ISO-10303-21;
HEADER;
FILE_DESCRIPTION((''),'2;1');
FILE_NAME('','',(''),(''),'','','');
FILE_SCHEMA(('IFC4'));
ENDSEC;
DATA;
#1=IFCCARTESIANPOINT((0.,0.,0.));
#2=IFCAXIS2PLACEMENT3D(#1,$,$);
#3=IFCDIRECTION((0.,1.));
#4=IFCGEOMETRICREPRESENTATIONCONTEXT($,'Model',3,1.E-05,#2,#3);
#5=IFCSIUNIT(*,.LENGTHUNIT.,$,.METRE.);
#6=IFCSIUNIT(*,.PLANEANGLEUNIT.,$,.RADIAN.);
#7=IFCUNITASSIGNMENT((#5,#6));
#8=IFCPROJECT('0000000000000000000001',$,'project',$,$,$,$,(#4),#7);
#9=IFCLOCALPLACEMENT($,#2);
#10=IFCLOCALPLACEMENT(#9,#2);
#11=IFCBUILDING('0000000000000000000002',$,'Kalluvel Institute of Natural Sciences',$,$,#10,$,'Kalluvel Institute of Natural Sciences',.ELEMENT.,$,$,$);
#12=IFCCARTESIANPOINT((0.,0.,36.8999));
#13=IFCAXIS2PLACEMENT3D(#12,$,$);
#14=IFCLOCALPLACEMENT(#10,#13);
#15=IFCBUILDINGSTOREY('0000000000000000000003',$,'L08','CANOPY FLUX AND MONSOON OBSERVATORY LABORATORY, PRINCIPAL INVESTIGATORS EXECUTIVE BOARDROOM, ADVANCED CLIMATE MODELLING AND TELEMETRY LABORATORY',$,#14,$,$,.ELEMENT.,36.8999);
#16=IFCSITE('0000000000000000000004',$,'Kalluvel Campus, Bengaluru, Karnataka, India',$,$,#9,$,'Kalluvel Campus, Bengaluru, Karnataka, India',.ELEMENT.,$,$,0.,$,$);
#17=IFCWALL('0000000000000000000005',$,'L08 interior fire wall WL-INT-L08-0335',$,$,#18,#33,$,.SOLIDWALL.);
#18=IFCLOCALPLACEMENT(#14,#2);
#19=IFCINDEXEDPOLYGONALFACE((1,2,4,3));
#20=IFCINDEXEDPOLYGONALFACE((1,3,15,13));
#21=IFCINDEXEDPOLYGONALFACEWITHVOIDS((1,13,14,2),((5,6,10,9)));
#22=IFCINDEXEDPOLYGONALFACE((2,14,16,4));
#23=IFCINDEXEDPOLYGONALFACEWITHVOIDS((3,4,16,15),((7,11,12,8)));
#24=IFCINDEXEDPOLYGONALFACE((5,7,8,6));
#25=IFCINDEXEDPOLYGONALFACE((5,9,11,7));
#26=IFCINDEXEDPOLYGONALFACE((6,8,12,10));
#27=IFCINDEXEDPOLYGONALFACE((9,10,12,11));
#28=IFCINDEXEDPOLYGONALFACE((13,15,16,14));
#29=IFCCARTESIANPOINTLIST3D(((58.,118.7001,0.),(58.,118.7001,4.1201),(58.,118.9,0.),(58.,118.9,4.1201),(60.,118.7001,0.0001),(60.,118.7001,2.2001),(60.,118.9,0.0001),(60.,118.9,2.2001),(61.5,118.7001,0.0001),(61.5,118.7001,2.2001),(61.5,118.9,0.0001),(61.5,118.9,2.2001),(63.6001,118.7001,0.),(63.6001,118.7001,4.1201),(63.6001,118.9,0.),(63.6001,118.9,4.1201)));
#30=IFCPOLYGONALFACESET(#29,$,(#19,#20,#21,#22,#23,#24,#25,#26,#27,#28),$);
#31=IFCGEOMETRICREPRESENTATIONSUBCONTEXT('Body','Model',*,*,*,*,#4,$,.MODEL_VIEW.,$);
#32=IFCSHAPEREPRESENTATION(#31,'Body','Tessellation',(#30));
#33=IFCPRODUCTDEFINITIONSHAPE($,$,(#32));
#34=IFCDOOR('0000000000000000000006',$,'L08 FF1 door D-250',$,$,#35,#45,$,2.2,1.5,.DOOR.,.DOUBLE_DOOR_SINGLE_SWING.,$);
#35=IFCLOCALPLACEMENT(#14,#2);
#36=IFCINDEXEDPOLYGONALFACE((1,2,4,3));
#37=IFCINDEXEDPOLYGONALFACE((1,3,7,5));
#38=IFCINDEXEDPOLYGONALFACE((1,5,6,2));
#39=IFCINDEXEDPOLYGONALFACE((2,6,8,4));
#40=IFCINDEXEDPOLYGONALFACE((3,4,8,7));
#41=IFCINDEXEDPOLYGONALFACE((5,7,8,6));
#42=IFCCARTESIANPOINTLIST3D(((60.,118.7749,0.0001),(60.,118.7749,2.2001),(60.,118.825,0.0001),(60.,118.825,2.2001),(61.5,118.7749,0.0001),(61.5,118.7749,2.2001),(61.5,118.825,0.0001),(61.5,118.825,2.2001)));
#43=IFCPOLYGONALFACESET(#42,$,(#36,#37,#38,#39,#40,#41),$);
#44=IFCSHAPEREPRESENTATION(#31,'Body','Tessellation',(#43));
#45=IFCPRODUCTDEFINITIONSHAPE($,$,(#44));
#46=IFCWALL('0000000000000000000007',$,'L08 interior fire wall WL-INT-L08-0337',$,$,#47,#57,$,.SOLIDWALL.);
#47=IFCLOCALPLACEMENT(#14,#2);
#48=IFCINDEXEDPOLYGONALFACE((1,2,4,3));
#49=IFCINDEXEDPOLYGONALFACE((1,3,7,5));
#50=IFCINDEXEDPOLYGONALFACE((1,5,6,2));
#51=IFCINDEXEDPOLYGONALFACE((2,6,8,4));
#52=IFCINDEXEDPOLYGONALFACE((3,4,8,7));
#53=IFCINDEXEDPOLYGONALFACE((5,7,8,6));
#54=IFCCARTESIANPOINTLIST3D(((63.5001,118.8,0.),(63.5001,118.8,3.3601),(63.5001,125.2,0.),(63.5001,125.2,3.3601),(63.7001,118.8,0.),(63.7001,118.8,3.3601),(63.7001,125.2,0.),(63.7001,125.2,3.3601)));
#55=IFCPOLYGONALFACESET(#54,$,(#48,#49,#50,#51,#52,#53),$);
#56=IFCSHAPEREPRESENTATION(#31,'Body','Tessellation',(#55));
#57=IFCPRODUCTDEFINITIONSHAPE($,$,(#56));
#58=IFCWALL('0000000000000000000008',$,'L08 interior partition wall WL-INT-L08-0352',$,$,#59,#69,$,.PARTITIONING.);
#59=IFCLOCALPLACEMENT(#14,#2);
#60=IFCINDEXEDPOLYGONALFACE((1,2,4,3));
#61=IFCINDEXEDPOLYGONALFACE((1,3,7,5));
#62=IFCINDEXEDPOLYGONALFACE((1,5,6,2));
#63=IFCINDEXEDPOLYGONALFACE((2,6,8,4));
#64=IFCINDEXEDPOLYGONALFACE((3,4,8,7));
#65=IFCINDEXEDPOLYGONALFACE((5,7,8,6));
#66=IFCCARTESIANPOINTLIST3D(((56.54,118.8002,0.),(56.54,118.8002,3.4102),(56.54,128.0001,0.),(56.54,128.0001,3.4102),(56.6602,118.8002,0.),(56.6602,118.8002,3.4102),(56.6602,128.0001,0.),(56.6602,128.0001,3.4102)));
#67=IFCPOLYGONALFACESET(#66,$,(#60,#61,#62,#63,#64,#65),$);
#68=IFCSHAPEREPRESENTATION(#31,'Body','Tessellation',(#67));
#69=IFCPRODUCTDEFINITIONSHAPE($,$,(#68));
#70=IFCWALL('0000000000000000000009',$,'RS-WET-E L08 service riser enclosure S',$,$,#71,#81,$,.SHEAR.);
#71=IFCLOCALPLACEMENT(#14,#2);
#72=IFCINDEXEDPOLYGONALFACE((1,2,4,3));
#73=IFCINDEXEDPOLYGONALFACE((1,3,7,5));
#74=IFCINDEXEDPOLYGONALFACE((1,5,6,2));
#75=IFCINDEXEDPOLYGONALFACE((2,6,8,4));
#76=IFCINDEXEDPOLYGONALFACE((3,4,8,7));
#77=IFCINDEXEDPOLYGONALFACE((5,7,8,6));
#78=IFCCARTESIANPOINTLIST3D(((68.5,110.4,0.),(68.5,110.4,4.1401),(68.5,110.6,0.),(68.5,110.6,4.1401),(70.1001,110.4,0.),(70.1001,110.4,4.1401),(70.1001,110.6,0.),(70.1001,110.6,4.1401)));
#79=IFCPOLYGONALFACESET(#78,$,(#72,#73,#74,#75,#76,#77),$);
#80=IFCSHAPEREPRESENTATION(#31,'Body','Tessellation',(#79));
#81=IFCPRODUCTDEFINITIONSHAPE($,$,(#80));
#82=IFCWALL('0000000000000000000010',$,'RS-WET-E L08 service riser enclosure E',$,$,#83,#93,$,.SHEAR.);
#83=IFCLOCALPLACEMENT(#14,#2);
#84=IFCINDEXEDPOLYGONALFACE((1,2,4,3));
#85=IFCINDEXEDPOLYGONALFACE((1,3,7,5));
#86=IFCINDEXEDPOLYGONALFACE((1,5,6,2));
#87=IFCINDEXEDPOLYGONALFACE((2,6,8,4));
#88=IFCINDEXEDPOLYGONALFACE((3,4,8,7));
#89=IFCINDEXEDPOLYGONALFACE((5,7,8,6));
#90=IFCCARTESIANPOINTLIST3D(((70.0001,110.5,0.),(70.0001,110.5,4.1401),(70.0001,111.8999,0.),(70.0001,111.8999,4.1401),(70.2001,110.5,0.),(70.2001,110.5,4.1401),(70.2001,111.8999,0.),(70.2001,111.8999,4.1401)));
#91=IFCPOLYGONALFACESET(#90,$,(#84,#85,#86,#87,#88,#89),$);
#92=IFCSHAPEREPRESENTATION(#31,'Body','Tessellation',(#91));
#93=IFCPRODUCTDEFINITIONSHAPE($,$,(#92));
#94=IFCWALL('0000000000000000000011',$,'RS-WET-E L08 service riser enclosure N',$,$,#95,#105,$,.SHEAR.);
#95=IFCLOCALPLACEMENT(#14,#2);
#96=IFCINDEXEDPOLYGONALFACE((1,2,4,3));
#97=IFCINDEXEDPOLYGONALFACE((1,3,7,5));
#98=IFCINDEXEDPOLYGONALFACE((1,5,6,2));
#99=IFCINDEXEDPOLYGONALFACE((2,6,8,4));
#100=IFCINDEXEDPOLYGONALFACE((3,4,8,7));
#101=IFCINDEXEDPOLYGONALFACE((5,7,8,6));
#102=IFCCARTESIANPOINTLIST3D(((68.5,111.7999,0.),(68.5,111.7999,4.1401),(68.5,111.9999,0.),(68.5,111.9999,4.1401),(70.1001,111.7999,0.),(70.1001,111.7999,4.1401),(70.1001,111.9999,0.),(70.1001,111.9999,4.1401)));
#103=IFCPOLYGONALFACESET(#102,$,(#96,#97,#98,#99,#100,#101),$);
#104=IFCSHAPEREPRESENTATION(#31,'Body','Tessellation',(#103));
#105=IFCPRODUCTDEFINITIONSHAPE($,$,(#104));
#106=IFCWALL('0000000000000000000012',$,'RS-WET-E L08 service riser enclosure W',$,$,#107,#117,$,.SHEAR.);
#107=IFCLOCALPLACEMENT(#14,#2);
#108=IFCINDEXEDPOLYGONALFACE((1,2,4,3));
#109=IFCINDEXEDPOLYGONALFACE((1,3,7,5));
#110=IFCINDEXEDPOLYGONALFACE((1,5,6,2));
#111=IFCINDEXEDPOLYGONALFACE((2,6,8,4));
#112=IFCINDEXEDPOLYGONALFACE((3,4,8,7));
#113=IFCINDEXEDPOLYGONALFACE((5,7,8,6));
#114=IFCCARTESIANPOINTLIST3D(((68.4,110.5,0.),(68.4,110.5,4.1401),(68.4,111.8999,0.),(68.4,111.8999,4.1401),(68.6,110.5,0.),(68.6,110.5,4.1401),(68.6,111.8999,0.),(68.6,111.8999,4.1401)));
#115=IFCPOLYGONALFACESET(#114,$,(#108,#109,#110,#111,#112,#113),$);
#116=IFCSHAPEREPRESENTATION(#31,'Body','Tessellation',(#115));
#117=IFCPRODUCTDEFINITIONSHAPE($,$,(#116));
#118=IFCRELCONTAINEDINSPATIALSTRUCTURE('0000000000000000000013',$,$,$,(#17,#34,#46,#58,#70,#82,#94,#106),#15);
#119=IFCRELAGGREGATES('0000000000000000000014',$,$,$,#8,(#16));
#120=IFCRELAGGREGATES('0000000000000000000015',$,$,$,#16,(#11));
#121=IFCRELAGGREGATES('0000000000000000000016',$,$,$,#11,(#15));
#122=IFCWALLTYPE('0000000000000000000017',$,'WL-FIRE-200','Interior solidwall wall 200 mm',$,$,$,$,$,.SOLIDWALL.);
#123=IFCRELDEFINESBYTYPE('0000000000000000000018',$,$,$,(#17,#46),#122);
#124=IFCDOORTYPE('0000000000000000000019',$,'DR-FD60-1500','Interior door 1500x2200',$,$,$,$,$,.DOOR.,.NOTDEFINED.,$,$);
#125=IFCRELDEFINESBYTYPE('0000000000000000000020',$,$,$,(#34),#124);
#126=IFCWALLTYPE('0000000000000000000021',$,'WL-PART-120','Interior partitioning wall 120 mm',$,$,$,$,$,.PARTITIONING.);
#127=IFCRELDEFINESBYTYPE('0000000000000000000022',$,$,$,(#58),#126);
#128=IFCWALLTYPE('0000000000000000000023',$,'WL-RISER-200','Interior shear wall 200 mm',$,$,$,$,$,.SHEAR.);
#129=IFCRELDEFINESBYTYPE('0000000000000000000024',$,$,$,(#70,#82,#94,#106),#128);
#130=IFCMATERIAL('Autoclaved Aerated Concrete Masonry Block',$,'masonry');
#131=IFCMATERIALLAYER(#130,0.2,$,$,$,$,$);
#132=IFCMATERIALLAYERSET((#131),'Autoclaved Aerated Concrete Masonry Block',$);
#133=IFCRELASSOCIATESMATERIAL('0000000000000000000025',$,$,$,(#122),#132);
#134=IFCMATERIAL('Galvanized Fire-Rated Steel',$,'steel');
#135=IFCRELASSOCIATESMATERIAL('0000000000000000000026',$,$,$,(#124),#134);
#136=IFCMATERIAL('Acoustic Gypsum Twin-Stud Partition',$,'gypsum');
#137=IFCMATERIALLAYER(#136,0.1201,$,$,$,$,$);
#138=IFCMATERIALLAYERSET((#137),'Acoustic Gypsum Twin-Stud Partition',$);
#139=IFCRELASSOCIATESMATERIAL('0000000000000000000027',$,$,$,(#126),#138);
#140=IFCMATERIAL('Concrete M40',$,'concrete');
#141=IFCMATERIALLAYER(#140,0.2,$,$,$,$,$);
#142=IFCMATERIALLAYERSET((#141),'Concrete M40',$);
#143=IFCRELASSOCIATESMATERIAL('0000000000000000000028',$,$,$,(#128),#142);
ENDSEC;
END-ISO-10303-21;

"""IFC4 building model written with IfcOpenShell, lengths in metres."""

from ifc_helpers import new_model, si_unit, direction, frame, frame_2d, origin, place, context, subcontext, project, spatial, rectangle, extrude, material, layer, layer_set, type_object, element, fill, save


model = new_model("IFC4")

# Units and contexts
model_context = context("Model", 3, precision=1e-05, world=origin(), true_north=direction((0.0, 1.0)))
body_context = subcontext(model_context, "Body", "Model", "MODEL_VIEW")
ifc_project = project(units=[si_unit("LENGTHUNIT", "METRE"), si_unit("PLANEANGLEUNIT", "RADIAN")], contexts=[model_context])

# Site, building, storey
site_placement = place(None, origin())
site = spatial("IfcSite", under=ifc_project, at=site_placement, Name="Kalluvel Campus, Bengaluru, Karnataka, India", LongName="Kalluvel Campus, Bengaluru, Karnataka, India", CompositionType="ELEMENT", RefElevation=0.0)
building_placement = place(site_placement, origin())
building = spatial("IfcBuilding", under=site, at=building_placement, Name="Kalluvel Institute of Natural Sciences", LongName="Kalluvel Institute of Natural Sciences", CompositionType="ELEMENT")
storey_placement = place(building_placement, frame((0.0, 0.0, 36.8999)))
storey = spatial("IfcBuildingStorey", under=building, at=storey_placement, Name="L08", Description="CANOPY FLUX AND MONSOON OBSERVATORY LABORATORY, PRINCIPAL INVESTIGATORS EXECUTIVE BOARDROOM, ADVANCED CLIMATE MODELLING AND TELEMETRY LABORATORY", CompositionType="ELEMENT", Elevation=36.8999)

# Shared definitions
ifc_material_1 = material(Name="Concrete M40", Category="concrete")

# Shared definitions
ifc_material_2 = material(Name="Galvanized Fire-Rated Steel", Category="steel")

# Shared definitions
ifc_material_3 = material(Name="Autoclaved Aerated Concrete Masonry Block", Category="masonry")

# Wall, opening, door
ifc_layer_1 = layer(ifc_material_3, 0.2)
ifc_layer_set_1 = layer_set([ifc_layer_1], Name="Autoclaved Aerated Concrete Masonry Block")
wall_type_1 = type_object("IfcWallType", Name="WL-FIRE-200", Description="Interior solidwall wall 200 mm", PredefinedType="SOLIDWALL", material=ifc_layer_set_1)
wall_1_placement = place(storey_placement, frame((58.0, 118.8, 0.0), z_axis=(0.0, 0.0, 1.0), x_axis=(1.0, 0.0, 0.0)))
wall_1 = element("IfcWall", 1, at=wall_1_placement, inside=storey, type_object=wall_type_1, Name="L08 interior fire wall WL-INT-L08-0335", PredefinedType="SOLIDWALL", context=body_context, shape_type="SweptSolid", body=[
    extrude(rectangle(XDim=5.6001, YDim=0.2, at=frame_2d((2.8, 0.0))), origin(), (0.0, 0.0, 1.0), 4.1201),
])
opening_1_placement = place(wall_1_placement, frame((2.0, 0.0, 0.0)))
opening_1 = element("IfcOpeningElement", 2, at=opening_1_placement, cuts=wall_1, PredefinedType="OPENING", context=body_context, shape_type="SweptSolid", body=[
    extrude(rectangle(XDim=1.5, YDim=2.2, at=frame_2d((0.75, 1.1001))), frame((0.0, 0.1099, 0.0), z_axis=(0.0, -1.0, 0.0), x_axis=(1.0, 0.0, 0.0)), (0.0, 0.0, 1.0), 0.22),
])
door_type_1 = type_object("IfcDoorType", Name="DR-FD60-1500", Description="Interior door 1500x2200", OperationType="NOTDEFINED", PredefinedType="DOOR", material=ifc_material_2)
door_1_placement = place(opening_1_placement, origin())
door_1 = element("IfcDoor", 3, at=door_1_placement, inside=storey, type_object=door_type_1, Name="L08 FF1 door D-250", OperationType="DOUBLE_DOOR_SINGLE_SWING", OverallHeight=2.2, OverallWidth=1.5, PredefinedType="DOOR", context=body_context, shape_type="SweptSolid", body=[
    extrude(rectangle(XDim=1.5, YDim=2.2, at=frame_2d((0.75, 1.1001))), frame((0.0, 0.0249, 0.0), z_axis=(0.0, -1.0, 0.0), x_axis=(1.0, 0.0, 0.0)), (0.0, 0.0, 1.0), 0.05),
])
fill(opening_1, door_1)

# Walls
wall_2_placement = place(storey_placement, frame((63.6001, 118.8, 0.0), z_axis=(0.0, 0.0, 1.0), x_axis=(0.0, 1.0, 0.0)))
element("IfcWall", 4, at=wall_2_placement, inside=storey, type_object=wall_type_1, Name="L08 interior fire wall WL-INT-L08-0337", PredefinedType="SOLIDWALL", context=body_context, shape_type="SweptSolid", body=[
    extrude(rectangle(XDim=6.3999, YDim=0.2, at=frame_2d((3.2, 0.0))), origin(), (0.0, 0.0, 1.0), 3.3601),
])
ifc_material_4 = material(Name="Acoustic Gypsum Twin-Stud Partition", Category="gypsum")
ifc_layer_2 = layer(ifc_material_4, 0.1201)
ifc_layer_set_2 = layer_set([ifc_layer_2], Name="Acoustic Gypsum Twin-Stud Partition")
wall_type_2 = type_object("IfcWallType", Name="WL-PART-120", Description="Interior partitioning wall 120 mm", PredefinedType="PARTITIONING", material=ifc_layer_set_2)
wall_3_placement = place(storey_placement, frame((56.6001, 118.8, 0.0), z_axis=(0.0, 0.0, 1.0), x_axis=(0.0, 1.0, 0.0)))
element("IfcWall", 5, at=wall_3_placement, inside=storey, type_object=wall_type_2, Name="L08 interior partition wall WL-INT-L08-0352", PredefinedType="PARTITIONING", context=body_context, shape_type="SweptSolid", body=[
    extrude(rectangle(XDim=9.2, YDim=0.1201, at=frame_2d((4.6001, 0.0))), origin(), (0.0, 0.0, 1.0), 3.4102),
])
ifc_layer_3 = layer(ifc_material_1, 0.2)
ifc_layer_set_3 = layer_set([ifc_layer_3], Name="Concrete M40")
wall_type_3 = type_object("IfcWallType", Name="WL-RISER-200", Description="Interior shear wall 200 mm", PredefinedType="SHEAR", material=ifc_layer_set_3)
wall_4_placement = place(storey_placement, frame((68.5, 110.5, 0.0), z_axis=(0.0, 0.0, 1.0), x_axis=(1.0, 0.0, 0.0)))
element("IfcWall", 6, at=wall_4_placement, inside=storey, type_object=wall_type_3, Name="RS-WET-E L08 service riser enclosure S", PredefinedType="SHEAR", context=body_context, shape_type="SweptSolid", body=[
    extrude(rectangle(XDim=1.6001, YDim=0.2, at=frame_2d((0.8, 0.0))), origin(), (0.0, 0.0, 1.0), 4.1401),
])
wall_5_placement = place(storey_placement, frame((70.1001, 110.5, 0.0), z_axis=(0.0, 0.0, 1.0), x_axis=(0.0, 1.0, 0.0)))
element("IfcWall", 7, at=wall_5_placement, inside=storey, type_object=wall_type_3, Name="RS-WET-E L08 service riser enclosure E", PredefinedType="SHEAR", context=body_context, shape_type="SweptSolid", body=[
    extrude(rectangle(XDim=1.3999, YDim=0.2, at=frame_2d((0.7, 0.0))), origin(), (0.0, 0.0, 1.0), 4.1401),
])
wall_6_placement = place(storey_placement, frame((70.1001, 111.8999, 0.0), z_axis=(0.0, 0.0, 1.0), x_axis=(-1.0, 0.0, 0.0)))
element("IfcWall", 8, at=wall_6_placement, inside=storey, type_object=wall_type_3, Name="RS-WET-E L08 service riser enclosure N", PredefinedType="SHEAR", context=body_context, shape_type="SweptSolid", body=[
    extrude(rectangle(XDim=1.6001, YDim=0.2, at=frame_2d((0.8, 0.0))), origin(), (0.0, 0.0, 1.0), 4.1401),
])
wall_7_placement = place(storey_placement, frame((68.5, 111.8999, 0.0), z_axis=(0.0, 0.0, 1.0), x_axis=(0.0, -1.0, 0.0)))
element("IfcWall", 9, at=wall_7_placement, inside=storey, type_object=wall_type_3, Name="RS-WET-E L08 service riser enclosure W", PredefinedType="SHEAR", context=body_context, shape_type="SweptSolid", body=[
    extrude(rectangle(XDim=1.3999, YDim=0.2, at=frame_2d((0.7, 0.0))), origin(), (0.0, 0.0, 1.0), 4.1401),
])

save(model, "model.ifc")
